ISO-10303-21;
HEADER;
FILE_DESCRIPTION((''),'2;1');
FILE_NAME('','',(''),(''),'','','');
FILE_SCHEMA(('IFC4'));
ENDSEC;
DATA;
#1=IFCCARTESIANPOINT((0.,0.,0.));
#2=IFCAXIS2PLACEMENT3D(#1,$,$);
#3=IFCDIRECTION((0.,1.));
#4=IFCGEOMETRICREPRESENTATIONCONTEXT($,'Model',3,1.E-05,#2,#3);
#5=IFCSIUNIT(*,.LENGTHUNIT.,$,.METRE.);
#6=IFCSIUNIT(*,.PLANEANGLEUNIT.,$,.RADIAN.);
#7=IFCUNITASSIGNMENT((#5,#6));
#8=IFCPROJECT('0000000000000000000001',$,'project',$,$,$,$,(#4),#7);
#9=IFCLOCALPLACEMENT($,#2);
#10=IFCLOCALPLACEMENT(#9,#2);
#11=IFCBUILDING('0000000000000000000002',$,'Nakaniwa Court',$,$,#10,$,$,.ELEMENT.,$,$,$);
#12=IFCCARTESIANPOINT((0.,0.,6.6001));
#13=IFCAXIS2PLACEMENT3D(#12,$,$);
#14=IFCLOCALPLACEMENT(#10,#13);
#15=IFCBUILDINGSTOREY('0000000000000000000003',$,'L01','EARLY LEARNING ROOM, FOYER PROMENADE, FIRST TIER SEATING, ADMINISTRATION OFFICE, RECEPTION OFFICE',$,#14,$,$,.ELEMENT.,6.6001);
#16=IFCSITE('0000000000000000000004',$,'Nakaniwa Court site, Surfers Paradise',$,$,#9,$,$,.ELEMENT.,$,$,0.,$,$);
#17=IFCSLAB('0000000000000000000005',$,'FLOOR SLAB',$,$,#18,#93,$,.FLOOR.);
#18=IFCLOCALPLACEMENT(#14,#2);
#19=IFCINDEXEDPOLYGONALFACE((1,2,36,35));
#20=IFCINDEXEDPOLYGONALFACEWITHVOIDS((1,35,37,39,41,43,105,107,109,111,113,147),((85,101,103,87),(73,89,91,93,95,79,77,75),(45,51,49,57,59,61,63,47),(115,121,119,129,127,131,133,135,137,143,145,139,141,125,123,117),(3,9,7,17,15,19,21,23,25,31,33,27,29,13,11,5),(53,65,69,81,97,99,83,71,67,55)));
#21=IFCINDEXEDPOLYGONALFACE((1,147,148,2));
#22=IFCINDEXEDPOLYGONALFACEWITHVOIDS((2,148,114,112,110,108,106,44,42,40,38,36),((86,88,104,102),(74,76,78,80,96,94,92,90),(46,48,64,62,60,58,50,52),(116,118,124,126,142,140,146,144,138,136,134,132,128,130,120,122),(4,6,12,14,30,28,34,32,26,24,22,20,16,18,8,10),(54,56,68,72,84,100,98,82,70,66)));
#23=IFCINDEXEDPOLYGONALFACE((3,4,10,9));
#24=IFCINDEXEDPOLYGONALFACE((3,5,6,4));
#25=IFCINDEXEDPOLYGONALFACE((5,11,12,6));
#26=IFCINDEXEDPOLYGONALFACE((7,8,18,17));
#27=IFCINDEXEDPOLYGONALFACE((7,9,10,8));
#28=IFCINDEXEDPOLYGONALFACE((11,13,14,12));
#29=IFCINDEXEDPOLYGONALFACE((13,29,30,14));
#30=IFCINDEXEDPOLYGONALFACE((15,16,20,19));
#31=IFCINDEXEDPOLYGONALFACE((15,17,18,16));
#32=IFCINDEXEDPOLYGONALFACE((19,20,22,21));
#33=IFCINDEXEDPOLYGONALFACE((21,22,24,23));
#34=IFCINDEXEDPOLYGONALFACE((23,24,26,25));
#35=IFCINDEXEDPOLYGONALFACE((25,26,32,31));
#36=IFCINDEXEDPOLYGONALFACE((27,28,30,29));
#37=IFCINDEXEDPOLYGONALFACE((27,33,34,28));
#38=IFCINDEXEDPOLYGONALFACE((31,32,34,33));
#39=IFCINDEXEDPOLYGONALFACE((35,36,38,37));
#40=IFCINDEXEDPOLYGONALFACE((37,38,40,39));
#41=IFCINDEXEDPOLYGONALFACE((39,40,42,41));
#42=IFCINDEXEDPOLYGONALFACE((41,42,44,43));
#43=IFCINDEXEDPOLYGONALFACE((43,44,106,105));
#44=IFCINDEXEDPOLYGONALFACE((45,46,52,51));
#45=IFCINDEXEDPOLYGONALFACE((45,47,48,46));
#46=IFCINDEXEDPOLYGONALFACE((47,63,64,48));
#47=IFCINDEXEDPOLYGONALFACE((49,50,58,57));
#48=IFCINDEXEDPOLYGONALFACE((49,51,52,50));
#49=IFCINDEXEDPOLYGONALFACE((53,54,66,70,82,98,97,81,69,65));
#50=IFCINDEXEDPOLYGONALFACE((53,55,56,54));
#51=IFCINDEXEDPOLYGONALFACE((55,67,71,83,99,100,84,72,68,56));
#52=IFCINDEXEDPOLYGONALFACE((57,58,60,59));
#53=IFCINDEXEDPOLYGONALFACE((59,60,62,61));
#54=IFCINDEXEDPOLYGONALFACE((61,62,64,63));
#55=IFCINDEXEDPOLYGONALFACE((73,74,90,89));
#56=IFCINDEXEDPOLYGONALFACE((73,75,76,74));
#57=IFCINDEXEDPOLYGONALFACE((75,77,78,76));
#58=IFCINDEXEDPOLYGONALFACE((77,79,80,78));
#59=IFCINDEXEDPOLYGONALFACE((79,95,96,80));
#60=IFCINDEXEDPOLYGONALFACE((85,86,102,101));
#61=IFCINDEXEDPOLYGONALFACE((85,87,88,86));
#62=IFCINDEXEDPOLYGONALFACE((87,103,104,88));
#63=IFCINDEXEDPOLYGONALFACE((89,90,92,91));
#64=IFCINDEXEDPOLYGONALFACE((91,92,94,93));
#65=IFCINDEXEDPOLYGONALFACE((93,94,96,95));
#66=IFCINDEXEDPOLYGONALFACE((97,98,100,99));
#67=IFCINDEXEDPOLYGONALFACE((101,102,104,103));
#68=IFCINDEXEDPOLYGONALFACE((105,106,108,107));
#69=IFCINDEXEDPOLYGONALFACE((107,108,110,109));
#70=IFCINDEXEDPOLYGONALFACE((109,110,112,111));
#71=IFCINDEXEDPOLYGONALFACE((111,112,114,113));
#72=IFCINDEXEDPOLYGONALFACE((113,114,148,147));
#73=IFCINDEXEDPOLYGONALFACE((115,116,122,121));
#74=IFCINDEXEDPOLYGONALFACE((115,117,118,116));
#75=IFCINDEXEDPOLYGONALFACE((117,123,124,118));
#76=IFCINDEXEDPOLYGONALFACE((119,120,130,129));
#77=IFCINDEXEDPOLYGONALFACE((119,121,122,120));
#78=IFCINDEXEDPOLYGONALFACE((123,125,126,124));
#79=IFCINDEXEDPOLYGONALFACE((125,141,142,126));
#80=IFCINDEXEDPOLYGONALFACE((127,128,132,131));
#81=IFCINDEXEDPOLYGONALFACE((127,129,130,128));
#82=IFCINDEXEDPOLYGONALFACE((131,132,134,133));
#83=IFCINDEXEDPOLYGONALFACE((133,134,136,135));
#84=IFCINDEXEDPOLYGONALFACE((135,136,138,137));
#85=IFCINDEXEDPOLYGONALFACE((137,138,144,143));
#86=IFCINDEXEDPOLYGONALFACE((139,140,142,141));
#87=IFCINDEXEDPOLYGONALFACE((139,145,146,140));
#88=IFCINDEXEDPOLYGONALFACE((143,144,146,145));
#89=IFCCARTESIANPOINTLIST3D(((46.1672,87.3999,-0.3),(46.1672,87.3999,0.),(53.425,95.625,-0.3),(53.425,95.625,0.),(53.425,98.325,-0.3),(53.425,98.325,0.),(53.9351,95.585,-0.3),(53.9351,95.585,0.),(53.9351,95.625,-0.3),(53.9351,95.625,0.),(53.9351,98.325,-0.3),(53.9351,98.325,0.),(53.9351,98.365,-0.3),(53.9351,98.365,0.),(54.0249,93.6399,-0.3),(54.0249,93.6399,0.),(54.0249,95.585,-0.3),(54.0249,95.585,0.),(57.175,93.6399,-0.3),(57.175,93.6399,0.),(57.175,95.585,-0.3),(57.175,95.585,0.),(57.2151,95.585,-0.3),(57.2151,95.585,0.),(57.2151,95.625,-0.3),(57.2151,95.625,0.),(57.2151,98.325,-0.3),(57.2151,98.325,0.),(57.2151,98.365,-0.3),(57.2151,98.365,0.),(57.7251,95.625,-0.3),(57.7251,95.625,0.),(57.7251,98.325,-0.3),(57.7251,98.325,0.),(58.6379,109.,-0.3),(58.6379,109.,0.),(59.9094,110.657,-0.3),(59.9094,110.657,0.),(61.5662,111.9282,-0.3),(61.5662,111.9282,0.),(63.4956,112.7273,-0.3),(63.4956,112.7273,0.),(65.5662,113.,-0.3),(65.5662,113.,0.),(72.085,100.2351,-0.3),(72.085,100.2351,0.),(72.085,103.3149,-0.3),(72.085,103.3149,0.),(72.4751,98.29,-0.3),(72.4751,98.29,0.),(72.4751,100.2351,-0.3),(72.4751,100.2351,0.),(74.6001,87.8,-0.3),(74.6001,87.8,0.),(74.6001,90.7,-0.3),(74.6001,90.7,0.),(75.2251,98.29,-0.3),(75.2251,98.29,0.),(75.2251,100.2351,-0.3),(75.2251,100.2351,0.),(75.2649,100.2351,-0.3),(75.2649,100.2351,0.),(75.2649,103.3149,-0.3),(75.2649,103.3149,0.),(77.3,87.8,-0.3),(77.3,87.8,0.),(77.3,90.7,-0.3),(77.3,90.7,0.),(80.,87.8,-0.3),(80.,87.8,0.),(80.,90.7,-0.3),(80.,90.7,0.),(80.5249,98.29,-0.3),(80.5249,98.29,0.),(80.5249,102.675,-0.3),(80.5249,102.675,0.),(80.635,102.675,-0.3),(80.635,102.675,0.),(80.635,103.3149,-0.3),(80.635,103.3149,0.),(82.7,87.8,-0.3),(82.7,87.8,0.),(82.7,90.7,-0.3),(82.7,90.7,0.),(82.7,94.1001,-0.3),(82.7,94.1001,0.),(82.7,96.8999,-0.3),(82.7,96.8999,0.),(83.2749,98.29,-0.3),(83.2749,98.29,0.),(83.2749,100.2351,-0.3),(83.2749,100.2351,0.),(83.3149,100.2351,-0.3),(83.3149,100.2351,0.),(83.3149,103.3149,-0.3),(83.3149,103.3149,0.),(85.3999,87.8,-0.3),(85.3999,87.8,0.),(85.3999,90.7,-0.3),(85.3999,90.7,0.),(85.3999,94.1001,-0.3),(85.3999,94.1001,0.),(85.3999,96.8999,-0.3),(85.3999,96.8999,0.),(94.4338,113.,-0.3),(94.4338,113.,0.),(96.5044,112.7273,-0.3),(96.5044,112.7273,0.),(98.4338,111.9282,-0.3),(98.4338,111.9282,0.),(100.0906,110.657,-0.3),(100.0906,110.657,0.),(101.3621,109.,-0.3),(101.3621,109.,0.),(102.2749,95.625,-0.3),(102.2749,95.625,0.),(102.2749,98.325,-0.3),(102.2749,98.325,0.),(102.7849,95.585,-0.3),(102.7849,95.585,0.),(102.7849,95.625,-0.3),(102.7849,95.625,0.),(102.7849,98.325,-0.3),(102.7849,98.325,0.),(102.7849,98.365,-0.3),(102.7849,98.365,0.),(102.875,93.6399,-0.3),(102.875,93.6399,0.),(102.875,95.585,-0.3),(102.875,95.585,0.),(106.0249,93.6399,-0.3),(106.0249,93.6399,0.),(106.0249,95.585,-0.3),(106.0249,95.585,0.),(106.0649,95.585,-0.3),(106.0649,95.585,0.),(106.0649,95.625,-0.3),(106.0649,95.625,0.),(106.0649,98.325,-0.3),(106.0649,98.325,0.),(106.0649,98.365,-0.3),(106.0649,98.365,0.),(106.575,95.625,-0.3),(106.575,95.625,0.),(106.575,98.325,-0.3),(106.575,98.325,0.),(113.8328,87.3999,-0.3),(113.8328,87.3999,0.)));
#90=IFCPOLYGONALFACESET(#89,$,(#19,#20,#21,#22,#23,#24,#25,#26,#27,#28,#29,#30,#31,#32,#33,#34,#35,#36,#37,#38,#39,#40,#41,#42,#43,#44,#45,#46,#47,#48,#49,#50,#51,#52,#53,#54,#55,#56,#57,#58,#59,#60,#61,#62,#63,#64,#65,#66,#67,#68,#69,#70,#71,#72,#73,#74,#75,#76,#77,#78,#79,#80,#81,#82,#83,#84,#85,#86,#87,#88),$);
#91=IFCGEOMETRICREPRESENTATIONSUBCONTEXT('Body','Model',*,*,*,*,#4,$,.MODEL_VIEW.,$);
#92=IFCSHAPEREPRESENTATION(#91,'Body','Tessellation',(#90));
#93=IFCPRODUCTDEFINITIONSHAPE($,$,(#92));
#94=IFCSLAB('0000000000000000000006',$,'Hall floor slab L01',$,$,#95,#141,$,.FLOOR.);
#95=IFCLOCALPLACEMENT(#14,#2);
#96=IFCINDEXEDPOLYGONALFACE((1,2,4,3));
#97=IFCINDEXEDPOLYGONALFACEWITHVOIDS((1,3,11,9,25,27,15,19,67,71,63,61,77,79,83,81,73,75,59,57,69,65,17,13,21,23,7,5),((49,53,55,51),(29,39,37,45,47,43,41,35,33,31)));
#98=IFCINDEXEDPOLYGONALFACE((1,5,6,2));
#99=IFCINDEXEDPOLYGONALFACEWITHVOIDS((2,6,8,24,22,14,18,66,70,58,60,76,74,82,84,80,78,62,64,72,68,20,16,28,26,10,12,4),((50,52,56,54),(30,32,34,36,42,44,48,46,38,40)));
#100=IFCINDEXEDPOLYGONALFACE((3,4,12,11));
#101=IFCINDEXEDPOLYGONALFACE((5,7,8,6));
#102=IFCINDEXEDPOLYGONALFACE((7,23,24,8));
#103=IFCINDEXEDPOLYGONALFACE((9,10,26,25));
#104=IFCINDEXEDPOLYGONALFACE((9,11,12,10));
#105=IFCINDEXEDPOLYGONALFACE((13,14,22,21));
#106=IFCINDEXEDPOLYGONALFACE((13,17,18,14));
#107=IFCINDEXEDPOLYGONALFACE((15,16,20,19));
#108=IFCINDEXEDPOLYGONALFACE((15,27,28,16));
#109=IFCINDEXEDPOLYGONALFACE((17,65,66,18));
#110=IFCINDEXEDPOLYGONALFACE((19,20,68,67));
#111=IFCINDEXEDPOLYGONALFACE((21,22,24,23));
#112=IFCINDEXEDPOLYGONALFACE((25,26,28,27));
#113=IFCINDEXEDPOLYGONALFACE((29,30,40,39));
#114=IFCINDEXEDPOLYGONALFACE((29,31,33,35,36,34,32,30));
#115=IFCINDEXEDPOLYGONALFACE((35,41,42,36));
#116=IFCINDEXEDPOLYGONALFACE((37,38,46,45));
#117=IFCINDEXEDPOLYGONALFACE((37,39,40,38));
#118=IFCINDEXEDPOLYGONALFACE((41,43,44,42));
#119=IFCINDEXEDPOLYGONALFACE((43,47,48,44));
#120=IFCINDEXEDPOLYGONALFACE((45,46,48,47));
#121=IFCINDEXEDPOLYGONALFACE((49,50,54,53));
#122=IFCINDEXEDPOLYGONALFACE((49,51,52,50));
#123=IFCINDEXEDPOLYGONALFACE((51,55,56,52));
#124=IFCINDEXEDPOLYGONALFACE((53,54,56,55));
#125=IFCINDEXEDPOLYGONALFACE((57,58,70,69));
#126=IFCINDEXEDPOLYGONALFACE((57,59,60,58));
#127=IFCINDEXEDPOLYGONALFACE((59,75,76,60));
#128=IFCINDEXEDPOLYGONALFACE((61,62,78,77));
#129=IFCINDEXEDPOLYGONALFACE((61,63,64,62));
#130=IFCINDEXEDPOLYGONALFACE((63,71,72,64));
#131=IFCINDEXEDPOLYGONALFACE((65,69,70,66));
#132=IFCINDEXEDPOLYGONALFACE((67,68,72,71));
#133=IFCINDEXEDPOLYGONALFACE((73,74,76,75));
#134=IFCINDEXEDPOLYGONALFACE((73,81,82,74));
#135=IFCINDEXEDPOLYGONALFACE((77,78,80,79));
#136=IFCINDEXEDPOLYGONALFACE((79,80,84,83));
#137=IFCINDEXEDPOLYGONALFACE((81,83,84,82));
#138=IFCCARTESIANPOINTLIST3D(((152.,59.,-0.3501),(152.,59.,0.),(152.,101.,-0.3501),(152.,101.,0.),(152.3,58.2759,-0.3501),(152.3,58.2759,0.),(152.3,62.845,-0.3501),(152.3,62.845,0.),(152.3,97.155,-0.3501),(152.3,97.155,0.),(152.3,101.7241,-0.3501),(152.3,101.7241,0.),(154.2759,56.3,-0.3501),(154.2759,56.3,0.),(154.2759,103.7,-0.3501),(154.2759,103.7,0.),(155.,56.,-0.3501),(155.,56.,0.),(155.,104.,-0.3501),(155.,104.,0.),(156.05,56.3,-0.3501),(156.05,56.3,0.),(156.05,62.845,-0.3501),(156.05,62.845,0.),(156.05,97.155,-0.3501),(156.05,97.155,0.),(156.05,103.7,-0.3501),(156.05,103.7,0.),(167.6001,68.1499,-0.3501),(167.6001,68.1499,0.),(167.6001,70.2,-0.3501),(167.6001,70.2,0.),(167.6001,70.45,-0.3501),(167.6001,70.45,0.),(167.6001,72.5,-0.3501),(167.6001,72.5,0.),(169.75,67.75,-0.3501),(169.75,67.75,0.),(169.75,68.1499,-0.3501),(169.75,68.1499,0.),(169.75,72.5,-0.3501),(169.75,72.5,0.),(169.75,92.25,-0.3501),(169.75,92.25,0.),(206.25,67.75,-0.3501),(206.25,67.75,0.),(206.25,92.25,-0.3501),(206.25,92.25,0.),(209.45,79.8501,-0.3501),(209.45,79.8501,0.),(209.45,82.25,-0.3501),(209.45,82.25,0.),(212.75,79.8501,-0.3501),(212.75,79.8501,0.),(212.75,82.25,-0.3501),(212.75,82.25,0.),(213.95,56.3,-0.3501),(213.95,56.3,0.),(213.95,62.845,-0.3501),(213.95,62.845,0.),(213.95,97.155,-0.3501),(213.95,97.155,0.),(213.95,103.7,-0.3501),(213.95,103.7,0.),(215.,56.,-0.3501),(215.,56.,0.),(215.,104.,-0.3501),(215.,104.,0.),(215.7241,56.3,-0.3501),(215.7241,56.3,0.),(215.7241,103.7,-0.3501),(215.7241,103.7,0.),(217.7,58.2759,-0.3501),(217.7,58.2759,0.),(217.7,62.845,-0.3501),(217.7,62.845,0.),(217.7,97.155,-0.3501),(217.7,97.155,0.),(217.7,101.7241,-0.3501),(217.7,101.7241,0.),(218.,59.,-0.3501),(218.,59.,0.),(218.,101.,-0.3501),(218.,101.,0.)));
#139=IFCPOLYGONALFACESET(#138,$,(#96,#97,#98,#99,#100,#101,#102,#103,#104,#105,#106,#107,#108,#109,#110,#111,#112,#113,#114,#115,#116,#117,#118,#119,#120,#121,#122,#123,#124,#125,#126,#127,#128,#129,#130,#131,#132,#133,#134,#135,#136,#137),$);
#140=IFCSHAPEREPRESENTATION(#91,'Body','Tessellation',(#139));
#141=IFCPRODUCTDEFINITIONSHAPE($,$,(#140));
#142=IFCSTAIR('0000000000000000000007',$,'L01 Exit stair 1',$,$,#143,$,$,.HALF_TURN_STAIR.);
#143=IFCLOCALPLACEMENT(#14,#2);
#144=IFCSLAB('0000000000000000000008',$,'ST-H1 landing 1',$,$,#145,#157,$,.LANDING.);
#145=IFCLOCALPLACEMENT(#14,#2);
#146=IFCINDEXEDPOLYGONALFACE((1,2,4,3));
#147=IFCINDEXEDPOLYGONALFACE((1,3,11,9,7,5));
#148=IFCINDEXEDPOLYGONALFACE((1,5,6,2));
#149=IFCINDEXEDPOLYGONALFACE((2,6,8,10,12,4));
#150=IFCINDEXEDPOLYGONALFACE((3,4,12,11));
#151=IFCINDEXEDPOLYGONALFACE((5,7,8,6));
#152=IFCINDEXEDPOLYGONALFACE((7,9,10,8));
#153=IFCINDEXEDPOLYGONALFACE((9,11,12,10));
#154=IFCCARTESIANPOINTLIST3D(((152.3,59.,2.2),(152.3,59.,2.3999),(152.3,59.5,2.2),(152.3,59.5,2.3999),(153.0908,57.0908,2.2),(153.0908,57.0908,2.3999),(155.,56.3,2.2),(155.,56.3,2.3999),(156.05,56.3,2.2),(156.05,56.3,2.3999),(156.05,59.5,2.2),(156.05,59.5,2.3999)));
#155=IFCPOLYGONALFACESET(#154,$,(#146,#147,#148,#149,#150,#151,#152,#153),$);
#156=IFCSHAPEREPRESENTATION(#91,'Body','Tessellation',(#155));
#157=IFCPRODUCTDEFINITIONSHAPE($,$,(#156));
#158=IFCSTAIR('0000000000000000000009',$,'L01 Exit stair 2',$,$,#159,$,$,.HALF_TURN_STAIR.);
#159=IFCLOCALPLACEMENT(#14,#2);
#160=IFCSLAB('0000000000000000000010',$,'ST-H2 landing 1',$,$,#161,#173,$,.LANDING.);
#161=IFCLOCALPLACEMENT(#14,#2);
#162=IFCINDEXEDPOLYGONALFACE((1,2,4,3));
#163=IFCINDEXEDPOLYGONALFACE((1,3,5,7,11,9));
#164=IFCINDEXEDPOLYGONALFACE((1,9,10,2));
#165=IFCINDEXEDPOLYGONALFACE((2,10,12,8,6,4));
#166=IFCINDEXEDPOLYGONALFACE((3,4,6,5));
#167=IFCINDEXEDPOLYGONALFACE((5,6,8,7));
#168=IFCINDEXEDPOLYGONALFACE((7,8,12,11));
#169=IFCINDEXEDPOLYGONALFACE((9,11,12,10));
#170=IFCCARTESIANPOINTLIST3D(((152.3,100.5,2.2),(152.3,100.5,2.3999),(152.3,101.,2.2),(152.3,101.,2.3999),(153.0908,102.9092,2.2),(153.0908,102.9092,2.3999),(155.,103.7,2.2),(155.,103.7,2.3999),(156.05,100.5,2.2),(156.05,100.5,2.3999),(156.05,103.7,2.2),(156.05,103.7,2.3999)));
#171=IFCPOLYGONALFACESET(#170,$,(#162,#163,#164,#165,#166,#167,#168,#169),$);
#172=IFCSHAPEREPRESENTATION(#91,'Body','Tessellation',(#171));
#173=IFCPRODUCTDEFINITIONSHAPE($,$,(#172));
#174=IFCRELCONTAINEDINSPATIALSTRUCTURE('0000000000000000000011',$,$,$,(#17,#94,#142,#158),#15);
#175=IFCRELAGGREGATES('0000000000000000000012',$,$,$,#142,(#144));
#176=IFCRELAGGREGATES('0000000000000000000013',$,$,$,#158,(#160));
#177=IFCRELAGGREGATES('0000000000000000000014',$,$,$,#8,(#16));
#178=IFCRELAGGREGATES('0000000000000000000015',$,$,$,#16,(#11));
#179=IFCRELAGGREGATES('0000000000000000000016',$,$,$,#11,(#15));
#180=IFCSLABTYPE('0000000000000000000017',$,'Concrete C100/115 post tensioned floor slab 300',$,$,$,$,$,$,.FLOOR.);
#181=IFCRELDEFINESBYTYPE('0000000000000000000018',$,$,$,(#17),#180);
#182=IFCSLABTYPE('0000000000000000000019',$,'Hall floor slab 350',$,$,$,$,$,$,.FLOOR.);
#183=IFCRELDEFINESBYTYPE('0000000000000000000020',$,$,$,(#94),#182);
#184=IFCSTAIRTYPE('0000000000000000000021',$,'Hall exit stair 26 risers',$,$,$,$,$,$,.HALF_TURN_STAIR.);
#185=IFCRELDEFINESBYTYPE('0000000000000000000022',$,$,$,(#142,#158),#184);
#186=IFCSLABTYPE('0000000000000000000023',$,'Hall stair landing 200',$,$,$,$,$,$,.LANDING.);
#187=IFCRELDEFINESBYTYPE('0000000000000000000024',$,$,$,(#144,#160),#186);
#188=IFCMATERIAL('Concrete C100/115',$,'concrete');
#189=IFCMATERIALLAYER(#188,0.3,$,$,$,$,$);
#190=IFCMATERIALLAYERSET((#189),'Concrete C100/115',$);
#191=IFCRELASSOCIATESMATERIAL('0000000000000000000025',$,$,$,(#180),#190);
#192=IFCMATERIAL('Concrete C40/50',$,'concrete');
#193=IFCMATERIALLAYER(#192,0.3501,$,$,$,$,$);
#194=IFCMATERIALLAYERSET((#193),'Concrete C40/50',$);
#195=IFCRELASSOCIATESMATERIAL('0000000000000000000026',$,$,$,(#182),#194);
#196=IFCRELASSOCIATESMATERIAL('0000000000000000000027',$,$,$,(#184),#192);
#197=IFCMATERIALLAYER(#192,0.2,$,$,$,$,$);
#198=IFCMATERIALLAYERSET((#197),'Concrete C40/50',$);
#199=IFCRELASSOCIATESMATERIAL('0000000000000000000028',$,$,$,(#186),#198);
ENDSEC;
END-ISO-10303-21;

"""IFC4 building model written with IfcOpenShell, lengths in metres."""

from ifc_helpers import new_model, si_unit, direction, frame, origin, place, context, subcontext, project, spatial, polyline, outline, extrude, material, layer, layer_set, type_object, element, aggregate, save


model = new_model("IFC4")

# Units and contexts
model_context = context("Model", 3, precision=1e-05, world=origin(), true_north=direction((0.0, 1.0)))
body_context = subcontext(model_context, "Body", "Model", "MODEL_VIEW")
ifc_project = project(units=[si_unit("LENGTHUNIT", "METRE"), si_unit("PLANEANGLEUNIT", "RADIAN")], contexts=[model_context])

# Site, building, storey
site_placement = place(None, origin())
site = spatial("IfcSite", under=ifc_project, at=site_placement, Name="Nakaniwa Court site, Surfers Paradise", CompositionType="ELEMENT", RefElevation=0.0)
building_placement = place(site_placement, origin())
building = spatial("IfcBuilding", under=site, at=building_placement, Name="Nakaniwa Court", CompositionType="ELEMENT")
storey_placement = place(building_placement, frame((0.0, 0.0, 6.6001)))
storey = spatial("IfcBuildingStorey", under=building, at=storey_placement, Name="L01", Description="EARLY LEARNING ROOM, FOYER PROMENADE, FIRST TIER SEATING, ADMINISTRATION OFFICE, RECEPTION OFFICE", CompositionType="ELEMENT", Elevation=6.6001)

# Shared definitions
ifc_material_1 = material(Name="Concrete C100/115", Category="concrete")

# Slabs
ifc_layer_1 = layer(ifc_material_1, 0.3)
ifc_layer_set_1 = layer_set([ifc_layer_1], Name="Concrete C100/115")
slab_type_1 = type_object("IfcSlabType", Name="Concrete C100/115 post tensioned floor slab 300", PredefinedType="FLOOR", material=ifc_layer_set_1)
slab_1_placement = place(storey_placement, frame((0.0, 0.0, -0.3)))
element("IfcSlab", 1, at=slab_1_placement, inside=storey, type_object=slab_type_1, Name="FLOOR SLAB", PredefinedType="FLOOR", context=body_context, shape_type="SweptSolid", body=[
    extrude(outline(polyline([(58.6379, 109.0), (46.1672, 87.3999), (113.8328, 87.3999), (101.3621, 109.0), (100.0906, 110.657), (98.4338, 111.9282), (96.5044, 112.7273), (94.4338, 113.0), (65.5662, 113.0), (63.4956, 112.7273), (61.5662, 111.9282), (59.9094, 110.657), (58.6379, 109.0)]), holes=[polyline([(82.7, 90.7), (80.0, 90.7), (77.3, 90.7), (74.6001, 90.7), (74.6001, 87.8), (77.3, 87.8), (80.0, 87.8), (82.7, 87.8), (85.3999, 87.8), (85.3999, 90.7), (82.7, 90.7)]), polyline([(57.175, 95.585), (57.2151, 95.585), (57.2151, 95.625), (57.7251, 95.625), (57.7251, 98.325), (57.2151, 98.325), (57.2151, 98.365), (53.9351, 98.365), (53.9351, 98.325), (53.425, 98.325), (53.425, 95.625), (53.9351, 95.625), (53.9351, 95.585), (54.0249, 95.585), (54.0249, 93.6399), (57.175, 93.6399), (57.175, 95.585)]), polyline([(75.2649, 100.2351), (75.2649, 103.3149), (72.085, 103.3149), (72.085, 100.2351), (72.4751, 100.2351), (72.4751, 98.29), (75.2251, 98.29), (75.2251, 100.2351), (75.2649, 100.2351)]), polyline([(85.3999, 94.1001), (85.3999, 96.8999), (82.7, 96.8999), (82.7, 94.1001), (85.3999, 94.1001)]), polyline([(106.0249, 95.585), (106.0649, 95.585), (106.0649, 95.625), (106.575, 95.625), (106.575, 98.325), (106.0649, 98.325), (106.0649, 98.365), (102.7849, 98.365), (102.7849, 98.325), (102.2749, 98.325), (102.2749, 95.625), (102.7849, 95.625), (102.7849, 95.585), (102.875, 95.585), (102.875, 93.6399), (106.0249, 93.6399), (106.0249, 95.585)]), polyline([(83.2749, 100.2351), (83.3149, 100.2351), (83.3149, 103.3149), (80.635, 103.3149), (80.635, 102.675), (80.5249, 102.675), (80.5249, 98.29), (83.2749, 98.29), (83.2749, 100.2351)])]), origin(), (0.0, 0.0, 1.0), 0.3),
])
ifc_material_2 = material(Name="Concrete C40/50", Category="concrete")
ifc_layer_2 = layer(ifc_material_2, 0.3501)
ifc_layer_set_2 = layer_set([ifc_layer_2], Name="Concrete C40/50")
slab_type_2 = type_object("IfcSlabType", Name="Hall floor slab 350", PredefinedType="FLOOR", material=ifc_layer_set_2)
slab_2_placement = place(storey_placement, frame((0.0, 0.0, -0.3501)))
element("IfcSlab", 2, at=slab_2_placement, inside=storey, type_object=slab_type_2, Name="Hall floor slab L01", PredefinedType="FLOOR", context=body_context, shape_type="SweptSolid", body=[
    extrude(outline(polyline([(152.3, 62.845), (156.05, 62.845), (156.05, 56.3), (154.2759, 56.3), (155.0, 56.0), (215.0, 56.0), (215.7241, 56.3), (213.95, 56.3), (213.95, 62.845), (217.7, 62.845), (217.7, 58.2759), (218.0, 59.0), (218.0, 101.0), (217.7, 101.7241), (217.7, 97.155), (213.95, 97.155), (213.95, 103.7), (215.7241, 103.7), (215.0, 104.0), (155.0, 104.0), (154.2759, 103.7), (156.05, 103.7), (156.05, 97.155), (152.3, 97.155), (152.3, 101.7241), (152.0, 101.0), (152.0, 59.0), (152.3, 58.2759), (152.3, 62.845)]), holes=[polyline([(169.75, 72.5), (169.75, 92.25), (206.25, 92.25), (206.25, 67.75), (169.75, 67.75), (169.75, 68.1499), (167.6001, 68.1499), (167.6001, 70.2), (167.6001, 70.45), (167.6001, 72.5), (169.75, 72.5)]), polyline([(212.75, 79.8501), (209.45, 79.8501), (209.45, 82.25), (212.75, 82.25), (212.75, 79.8501)])]), origin(), (0.0, 0.0, 1.0), 0.3501),
])

# Stairs, slabs
stair_type_1 = type_object("IfcStairType", Name="Hall exit stair 26 risers", PredefinedType="HALF_TURN_STAIR", material=ifc_material_2)
stair_1_placement = place(storey_placement, origin())
stair_1 = element("IfcStair", 3, at=stair_1_placement, inside=storey, type_object=stair_type_1, Name="L01 Exit stair 1", PredefinedType="HALF_TURN_STAIR")
ifc_layer_3 = layer(ifc_material_2, 0.2)
ifc_layer_set_3 = layer_set([ifc_layer_3], Name="Concrete C40/50")
slab_type_3 = type_object("IfcSlabType", Name="Hall stair landing 200", PredefinedType="LANDING", material=ifc_layer_set_3)
slab_3_placement = place(storey_placement, frame((0.0, 0.0, 2.2)))
slab_3 = element("IfcSlab", 4, at=slab_3_placement, type_object=slab_type_3, Name="ST-H1 landing 1", PredefinedType="LANDING", context=body_context, shape_type="SweptSolid", body=[
    extrude(outline(polyline([(152.3, 59.0), (153.0908, 57.0908), (155.0, 56.3), (156.05, 56.3), (156.05, 59.5), (152.3, 59.5), (152.3, 59.0)])), origin(), (0.0, 0.0, 1.0), 0.2),
])
aggregate(stair_1, [slab_3])
stair_2_placement = place(storey_placement, origin())
stair_2 = element("IfcStair", 5, at=stair_2_placement, inside=storey, type_object=stair_type_1, Name="L01 Exit stair 2", PredefinedType="HALF_TURN_STAIR")
slab_4_placement = place(storey_placement, frame((0.0, 0.0, 2.2)))
slab_4 = element("IfcSlab", 6, at=slab_4_placement, type_object=slab_type_3, Name="ST-H2 landing 1", PredefinedType="LANDING", context=body_context, shape_type="SweptSolid", body=[
    extrude(outline(polyline([(156.05, 103.7), (155.0, 103.7), (153.0908, 102.9092), (152.3, 101.0), (152.3, 100.5), (156.05, 100.5), (156.05, 103.7)])), origin(), (0.0, 0.0, 1.0), 0.2),
])
aggregate(stair_2, [slab_4])

save(model, "model.ifc")
